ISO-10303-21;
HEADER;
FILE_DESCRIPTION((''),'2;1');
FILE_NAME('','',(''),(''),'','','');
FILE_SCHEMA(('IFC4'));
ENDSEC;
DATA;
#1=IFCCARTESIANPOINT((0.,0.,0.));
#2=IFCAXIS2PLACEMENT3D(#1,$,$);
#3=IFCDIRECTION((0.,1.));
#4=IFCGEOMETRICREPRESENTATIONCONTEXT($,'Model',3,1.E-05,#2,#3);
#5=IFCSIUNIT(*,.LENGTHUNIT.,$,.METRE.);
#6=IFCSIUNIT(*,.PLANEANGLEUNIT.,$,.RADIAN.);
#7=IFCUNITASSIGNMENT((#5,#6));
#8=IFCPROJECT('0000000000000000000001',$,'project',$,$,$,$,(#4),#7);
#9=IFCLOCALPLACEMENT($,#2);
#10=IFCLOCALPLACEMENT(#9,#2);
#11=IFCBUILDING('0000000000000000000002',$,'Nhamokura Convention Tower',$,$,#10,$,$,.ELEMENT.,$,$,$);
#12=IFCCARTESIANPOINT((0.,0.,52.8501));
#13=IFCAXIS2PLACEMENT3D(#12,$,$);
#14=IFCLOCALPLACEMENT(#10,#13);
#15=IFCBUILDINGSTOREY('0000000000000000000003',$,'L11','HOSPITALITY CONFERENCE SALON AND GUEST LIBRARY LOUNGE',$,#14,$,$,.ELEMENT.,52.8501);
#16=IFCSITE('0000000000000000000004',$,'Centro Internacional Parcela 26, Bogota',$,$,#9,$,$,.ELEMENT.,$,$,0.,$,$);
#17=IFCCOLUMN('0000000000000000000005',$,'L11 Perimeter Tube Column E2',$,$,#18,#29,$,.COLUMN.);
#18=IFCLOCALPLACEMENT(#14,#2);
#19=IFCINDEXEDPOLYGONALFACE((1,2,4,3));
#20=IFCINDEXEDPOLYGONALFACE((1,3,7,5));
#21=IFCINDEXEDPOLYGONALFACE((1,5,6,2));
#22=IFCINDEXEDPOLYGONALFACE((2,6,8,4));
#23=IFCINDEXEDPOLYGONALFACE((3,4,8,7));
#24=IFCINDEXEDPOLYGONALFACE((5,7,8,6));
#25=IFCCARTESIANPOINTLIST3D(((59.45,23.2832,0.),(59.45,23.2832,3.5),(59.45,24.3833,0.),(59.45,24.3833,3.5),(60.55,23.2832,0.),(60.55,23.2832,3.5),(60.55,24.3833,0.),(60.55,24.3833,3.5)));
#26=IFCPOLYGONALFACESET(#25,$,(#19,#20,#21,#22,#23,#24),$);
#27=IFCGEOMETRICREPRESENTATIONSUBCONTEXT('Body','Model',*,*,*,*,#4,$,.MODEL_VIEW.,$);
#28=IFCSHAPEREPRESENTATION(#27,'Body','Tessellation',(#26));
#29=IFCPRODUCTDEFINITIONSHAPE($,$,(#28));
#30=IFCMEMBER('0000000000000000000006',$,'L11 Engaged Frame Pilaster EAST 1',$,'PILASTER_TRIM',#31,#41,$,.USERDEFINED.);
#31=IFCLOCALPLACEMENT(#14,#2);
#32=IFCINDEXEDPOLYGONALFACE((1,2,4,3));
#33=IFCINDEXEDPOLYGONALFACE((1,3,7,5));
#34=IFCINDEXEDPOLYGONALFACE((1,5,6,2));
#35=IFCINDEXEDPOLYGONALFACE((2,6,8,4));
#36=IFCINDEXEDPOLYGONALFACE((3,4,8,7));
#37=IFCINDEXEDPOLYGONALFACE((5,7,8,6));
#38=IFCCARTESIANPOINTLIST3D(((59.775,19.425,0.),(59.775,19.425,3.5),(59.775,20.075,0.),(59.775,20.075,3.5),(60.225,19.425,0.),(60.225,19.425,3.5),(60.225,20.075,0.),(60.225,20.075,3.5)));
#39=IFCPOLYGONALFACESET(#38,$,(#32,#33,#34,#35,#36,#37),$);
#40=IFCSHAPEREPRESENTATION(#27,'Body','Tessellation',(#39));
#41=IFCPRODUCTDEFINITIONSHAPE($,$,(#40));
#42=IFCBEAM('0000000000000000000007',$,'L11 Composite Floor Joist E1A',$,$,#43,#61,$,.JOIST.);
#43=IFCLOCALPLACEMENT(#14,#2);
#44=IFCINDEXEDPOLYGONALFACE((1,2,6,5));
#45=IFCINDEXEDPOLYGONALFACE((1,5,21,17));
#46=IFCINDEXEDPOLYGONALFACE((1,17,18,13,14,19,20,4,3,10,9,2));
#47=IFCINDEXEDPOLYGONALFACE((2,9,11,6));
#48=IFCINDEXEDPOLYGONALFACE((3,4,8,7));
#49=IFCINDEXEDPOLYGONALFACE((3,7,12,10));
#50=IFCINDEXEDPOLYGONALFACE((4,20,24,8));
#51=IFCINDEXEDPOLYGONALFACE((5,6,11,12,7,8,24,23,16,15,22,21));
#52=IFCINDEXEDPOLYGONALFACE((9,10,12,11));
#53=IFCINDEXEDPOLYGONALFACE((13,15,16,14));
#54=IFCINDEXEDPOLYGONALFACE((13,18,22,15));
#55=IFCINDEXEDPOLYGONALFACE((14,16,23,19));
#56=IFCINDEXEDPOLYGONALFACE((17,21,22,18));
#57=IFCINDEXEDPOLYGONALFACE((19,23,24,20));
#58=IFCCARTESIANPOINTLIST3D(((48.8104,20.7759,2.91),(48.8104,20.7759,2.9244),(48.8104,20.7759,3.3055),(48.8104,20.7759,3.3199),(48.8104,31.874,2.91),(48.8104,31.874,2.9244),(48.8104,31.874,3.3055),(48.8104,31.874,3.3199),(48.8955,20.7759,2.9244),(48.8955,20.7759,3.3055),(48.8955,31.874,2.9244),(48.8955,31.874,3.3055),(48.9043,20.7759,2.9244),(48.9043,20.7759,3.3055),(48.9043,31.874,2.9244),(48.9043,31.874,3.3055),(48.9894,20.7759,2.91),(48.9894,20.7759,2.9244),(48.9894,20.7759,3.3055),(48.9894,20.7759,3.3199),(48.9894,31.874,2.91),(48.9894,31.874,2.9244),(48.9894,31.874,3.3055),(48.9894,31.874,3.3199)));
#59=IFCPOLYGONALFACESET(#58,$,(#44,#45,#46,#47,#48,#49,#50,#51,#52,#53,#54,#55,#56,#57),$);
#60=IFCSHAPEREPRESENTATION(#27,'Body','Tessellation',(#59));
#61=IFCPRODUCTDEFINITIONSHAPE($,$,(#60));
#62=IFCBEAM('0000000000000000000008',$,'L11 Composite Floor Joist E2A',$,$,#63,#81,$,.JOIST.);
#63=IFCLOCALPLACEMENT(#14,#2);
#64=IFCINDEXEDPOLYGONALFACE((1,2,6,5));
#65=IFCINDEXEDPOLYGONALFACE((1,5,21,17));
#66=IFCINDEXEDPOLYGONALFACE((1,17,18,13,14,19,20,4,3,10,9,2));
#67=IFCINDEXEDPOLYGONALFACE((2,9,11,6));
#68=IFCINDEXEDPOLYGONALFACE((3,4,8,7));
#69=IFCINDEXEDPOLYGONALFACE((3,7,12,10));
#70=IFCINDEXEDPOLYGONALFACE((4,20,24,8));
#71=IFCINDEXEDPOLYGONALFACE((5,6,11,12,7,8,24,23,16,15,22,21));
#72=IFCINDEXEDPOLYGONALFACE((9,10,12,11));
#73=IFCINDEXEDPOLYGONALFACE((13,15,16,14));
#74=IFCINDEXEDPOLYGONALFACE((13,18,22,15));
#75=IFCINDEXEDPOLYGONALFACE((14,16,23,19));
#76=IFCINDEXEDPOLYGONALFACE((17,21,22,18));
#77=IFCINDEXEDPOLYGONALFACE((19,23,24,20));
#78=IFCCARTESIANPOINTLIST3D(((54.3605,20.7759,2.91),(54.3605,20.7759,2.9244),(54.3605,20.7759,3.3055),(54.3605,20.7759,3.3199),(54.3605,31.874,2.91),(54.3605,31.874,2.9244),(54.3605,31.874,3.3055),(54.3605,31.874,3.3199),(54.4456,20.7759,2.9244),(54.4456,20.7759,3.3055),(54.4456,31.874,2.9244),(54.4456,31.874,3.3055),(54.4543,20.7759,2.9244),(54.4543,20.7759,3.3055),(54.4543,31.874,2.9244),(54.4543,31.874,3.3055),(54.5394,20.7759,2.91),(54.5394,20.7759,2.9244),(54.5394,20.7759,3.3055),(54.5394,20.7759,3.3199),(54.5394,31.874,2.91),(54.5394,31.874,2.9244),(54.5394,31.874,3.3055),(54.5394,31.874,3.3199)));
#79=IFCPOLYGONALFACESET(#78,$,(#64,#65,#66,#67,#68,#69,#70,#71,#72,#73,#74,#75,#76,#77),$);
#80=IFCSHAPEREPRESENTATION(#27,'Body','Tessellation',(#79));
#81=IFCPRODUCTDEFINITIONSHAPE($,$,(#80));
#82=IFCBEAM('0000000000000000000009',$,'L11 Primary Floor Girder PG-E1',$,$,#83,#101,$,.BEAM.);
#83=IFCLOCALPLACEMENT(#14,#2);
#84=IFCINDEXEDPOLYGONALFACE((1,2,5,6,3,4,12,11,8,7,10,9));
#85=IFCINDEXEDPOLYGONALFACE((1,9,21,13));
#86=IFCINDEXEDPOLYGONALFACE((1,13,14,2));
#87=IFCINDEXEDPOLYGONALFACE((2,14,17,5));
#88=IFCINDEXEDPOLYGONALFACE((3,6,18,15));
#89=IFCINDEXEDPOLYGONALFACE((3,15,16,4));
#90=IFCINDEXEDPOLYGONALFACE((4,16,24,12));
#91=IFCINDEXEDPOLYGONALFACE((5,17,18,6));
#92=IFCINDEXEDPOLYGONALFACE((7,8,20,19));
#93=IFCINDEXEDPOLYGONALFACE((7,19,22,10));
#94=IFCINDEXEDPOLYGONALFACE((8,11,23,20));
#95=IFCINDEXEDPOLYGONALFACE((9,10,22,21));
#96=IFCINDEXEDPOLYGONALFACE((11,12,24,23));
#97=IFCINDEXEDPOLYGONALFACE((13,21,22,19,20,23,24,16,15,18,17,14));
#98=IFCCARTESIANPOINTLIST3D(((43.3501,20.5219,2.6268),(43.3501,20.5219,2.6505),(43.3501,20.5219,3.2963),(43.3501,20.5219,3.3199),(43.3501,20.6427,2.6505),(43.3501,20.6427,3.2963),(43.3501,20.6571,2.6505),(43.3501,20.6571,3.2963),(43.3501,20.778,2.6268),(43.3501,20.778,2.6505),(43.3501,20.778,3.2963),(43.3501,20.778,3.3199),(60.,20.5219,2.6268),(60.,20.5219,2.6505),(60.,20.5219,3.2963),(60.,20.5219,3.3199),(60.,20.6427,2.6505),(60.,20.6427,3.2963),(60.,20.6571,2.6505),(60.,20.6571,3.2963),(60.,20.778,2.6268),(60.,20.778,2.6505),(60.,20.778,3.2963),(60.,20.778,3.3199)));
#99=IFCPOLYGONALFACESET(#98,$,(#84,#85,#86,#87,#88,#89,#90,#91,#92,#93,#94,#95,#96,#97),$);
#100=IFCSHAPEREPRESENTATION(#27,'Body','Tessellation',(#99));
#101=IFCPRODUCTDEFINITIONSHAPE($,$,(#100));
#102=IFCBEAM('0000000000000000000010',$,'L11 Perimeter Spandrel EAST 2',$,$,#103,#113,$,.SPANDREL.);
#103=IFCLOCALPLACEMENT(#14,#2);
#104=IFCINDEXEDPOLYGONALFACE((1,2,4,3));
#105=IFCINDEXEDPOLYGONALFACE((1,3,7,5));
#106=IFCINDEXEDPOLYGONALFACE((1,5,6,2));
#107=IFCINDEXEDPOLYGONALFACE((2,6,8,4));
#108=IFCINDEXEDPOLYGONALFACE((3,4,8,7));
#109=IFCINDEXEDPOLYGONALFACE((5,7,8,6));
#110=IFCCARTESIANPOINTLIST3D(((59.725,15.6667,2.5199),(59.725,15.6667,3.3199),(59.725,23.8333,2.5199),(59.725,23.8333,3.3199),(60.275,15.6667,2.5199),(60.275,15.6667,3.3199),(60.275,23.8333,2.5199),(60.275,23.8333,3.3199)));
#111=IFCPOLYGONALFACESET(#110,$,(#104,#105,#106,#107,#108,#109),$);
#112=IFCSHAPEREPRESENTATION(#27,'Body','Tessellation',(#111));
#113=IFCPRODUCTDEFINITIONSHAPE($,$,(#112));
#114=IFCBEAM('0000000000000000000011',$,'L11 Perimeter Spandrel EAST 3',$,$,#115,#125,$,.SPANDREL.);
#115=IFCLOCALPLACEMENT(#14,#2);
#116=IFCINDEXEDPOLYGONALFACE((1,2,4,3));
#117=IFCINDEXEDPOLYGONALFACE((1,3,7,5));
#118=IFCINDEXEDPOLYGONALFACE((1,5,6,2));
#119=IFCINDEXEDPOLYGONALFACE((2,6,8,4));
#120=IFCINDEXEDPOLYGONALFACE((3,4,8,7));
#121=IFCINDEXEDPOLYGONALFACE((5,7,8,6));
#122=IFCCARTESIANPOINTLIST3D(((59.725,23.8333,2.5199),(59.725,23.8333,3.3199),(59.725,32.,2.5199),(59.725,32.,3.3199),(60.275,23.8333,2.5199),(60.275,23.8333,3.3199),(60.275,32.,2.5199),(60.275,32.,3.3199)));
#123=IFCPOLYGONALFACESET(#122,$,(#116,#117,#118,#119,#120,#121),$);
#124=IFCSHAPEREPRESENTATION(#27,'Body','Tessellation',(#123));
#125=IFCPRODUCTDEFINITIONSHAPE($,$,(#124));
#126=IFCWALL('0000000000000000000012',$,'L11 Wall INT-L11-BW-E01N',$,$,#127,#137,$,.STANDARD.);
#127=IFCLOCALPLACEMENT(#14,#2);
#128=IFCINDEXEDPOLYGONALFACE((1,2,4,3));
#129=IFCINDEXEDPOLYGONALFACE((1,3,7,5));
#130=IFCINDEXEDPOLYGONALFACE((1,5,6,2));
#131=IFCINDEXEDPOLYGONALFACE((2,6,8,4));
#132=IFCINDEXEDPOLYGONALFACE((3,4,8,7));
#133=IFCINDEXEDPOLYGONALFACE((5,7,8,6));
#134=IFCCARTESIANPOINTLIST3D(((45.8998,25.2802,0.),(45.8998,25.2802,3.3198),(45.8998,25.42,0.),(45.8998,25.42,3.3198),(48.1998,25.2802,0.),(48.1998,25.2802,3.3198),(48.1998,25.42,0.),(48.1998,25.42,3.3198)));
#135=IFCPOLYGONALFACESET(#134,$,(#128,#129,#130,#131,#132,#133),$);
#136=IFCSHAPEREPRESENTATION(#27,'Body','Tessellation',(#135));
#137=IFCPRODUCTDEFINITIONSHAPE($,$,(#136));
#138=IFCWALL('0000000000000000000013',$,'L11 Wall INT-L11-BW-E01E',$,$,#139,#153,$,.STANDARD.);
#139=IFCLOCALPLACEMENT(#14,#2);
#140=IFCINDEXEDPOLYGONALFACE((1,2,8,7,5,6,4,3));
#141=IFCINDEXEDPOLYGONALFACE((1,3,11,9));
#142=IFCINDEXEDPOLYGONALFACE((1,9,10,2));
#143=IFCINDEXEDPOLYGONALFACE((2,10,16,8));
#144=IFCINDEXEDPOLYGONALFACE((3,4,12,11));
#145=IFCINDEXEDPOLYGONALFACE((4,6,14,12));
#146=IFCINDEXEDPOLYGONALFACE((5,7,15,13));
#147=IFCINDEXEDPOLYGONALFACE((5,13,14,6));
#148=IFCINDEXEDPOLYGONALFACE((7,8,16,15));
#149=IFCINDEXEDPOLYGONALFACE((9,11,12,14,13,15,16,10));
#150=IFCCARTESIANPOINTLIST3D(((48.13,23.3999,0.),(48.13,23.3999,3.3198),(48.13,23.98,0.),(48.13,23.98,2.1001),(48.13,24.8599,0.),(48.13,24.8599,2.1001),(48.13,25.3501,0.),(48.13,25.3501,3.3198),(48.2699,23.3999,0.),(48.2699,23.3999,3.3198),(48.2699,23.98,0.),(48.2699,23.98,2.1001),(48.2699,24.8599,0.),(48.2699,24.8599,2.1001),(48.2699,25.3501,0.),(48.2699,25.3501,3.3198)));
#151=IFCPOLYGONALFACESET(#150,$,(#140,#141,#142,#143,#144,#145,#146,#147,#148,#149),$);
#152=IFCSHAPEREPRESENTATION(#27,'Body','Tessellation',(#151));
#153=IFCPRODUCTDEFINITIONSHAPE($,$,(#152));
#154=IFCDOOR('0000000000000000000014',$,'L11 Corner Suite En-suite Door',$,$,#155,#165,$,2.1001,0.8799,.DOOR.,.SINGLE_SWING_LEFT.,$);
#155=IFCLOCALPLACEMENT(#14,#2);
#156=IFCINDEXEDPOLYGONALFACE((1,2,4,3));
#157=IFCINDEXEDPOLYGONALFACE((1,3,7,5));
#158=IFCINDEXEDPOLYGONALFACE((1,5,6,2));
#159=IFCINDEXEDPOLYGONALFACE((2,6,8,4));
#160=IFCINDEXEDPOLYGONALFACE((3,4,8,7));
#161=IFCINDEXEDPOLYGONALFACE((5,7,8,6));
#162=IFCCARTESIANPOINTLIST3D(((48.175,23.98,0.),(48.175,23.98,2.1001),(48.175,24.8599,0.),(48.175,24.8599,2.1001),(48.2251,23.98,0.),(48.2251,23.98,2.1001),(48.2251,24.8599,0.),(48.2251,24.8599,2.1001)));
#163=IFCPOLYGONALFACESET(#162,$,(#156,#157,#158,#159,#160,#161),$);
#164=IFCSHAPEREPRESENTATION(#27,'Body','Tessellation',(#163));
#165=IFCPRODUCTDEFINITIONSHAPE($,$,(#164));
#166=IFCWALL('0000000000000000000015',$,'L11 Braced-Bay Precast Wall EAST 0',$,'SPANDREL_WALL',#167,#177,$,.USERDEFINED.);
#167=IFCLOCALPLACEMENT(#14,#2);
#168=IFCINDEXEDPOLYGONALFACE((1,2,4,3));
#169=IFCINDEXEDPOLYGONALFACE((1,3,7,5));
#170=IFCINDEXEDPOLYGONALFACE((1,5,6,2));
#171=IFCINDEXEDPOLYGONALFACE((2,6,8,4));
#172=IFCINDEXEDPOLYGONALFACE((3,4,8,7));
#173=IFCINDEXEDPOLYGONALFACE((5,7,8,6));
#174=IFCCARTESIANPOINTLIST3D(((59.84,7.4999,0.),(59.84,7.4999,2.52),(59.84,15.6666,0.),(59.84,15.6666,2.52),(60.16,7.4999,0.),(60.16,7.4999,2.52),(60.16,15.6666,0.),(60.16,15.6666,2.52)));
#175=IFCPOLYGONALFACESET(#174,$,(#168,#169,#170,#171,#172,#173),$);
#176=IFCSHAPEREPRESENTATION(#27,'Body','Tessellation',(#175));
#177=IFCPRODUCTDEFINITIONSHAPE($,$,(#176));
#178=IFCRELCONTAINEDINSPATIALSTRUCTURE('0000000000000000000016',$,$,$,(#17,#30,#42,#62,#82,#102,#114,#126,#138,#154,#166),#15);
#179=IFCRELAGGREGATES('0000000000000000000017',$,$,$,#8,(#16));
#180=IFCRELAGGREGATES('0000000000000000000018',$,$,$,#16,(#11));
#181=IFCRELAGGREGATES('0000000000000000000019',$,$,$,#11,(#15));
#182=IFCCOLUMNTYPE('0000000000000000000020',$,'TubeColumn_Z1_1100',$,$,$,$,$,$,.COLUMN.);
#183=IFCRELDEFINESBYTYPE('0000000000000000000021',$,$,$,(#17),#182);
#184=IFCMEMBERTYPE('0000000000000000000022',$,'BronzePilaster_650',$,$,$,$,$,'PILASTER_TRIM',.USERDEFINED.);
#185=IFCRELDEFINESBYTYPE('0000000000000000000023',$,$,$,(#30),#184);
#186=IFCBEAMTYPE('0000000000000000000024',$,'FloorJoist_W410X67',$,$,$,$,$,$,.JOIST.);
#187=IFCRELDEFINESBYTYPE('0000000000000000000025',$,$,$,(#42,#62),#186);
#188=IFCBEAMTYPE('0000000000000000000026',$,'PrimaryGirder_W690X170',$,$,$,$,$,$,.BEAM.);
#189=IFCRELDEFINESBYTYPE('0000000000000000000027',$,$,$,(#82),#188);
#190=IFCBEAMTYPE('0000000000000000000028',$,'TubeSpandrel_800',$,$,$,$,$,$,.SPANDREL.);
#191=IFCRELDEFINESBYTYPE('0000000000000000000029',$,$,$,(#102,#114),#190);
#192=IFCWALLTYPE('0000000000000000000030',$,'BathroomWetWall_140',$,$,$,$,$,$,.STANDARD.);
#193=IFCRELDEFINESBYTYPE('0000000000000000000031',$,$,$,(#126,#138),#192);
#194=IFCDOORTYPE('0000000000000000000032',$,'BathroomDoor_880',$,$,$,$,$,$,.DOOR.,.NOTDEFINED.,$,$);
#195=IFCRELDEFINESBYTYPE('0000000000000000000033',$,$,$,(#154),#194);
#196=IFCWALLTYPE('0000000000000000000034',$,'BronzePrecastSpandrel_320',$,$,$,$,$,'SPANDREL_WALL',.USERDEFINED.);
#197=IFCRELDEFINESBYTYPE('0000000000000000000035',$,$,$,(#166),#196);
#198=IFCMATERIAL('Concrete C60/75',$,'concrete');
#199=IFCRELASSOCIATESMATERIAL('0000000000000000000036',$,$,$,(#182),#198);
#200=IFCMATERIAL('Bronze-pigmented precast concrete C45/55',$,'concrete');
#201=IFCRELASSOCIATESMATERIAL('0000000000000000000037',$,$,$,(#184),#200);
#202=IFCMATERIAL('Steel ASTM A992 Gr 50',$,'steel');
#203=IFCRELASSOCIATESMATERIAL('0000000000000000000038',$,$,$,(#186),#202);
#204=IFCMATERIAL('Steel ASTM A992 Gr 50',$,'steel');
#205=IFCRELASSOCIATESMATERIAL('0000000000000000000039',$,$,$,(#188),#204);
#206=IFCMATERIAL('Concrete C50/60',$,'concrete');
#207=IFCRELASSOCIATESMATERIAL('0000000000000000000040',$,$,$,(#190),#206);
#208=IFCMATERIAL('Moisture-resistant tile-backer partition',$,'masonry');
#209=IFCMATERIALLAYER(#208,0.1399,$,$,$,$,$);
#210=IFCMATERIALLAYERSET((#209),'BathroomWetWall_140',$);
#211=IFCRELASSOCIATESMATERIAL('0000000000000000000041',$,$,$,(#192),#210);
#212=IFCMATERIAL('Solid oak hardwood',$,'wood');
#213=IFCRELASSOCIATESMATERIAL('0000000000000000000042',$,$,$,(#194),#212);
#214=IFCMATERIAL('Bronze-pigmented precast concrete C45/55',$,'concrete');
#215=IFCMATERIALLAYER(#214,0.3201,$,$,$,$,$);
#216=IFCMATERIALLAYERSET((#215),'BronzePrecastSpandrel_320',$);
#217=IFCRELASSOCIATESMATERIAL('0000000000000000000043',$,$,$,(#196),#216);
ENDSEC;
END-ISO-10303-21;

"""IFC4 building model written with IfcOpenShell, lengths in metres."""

from ifc_helpers import new_model, si_unit, direction, frame, frame_2d, origin, origin_2d, place, context, subcontext, project, spatial, rectangle, i_section, extrude, material, layer, layer_set, material_profile, profile_set, type_object, element, fill, save


model = new_model("IFC4")

# Units and contexts
model_context = context("Model", 3, precision=1e-05, world=origin(), true_north=direction((0.0, 1.0)))
body_context = subcontext(model_context, "Body", "Model", "MODEL_VIEW")
ifc_project = project(units=[si_unit("LENGTHUNIT", "METRE"), si_unit("PLANEANGLEUNIT", "RADIAN")], contexts=[model_context])

# Site, building, storey
site_placement = place(None, origin())
site = spatial("IfcSite", under=ifc_project, at=site_placement, Name="Centro Internacional Parcela 26, Bogota", CompositionType="ELEMENT", RefElevation=0.0)
building_placement = place(site_placement, origin())
building = spatial("IfcBuilding", under=site, at=building_placement, Name="Nhamokura Convention Tower", CompositionType="ELEMENT")
storey_placement = place(building_placement, frame((0.0, 0.0, 52.8501)))
storey = spatial("IfcBuildingStorey", under=building, at=storey_placement, Name="L11", Description="HOSPITALITY CONFERENCE SALON AND GUEST LIBRARY LOUNGE", CompositionType="ELEMENT", Elevation=52.8501)

# Column
ifc_material_1 = material(Name="Concrete C60/75", Category="concrete")
ifc_material_profile_1 = material_profile(ifc_material_1, rectangle(XDim=1.1001, YDim=1.1001, at=origin_2d()))
ifc_profile_set_1 = profile_set([ifc_material_profile_1], Name="Concrete C60/75")
column_type = type_object("IfcColumnType", Name="TubeColumn_Z1_1100", PredefinedType="COLUMN", material=ifc_profile_set_1)
column_placement = place(storey_placement, frame((60.0, 23.8333, 0.0), z_axis=(0.0, 0.0, 1.0), x_axis=(1.0, 0.0, 0.0)))
element("IfcColumn", 1, at=column_placement, inside=storey, type_object=column_type, Name="L11 Perimeter Tube Column E2", PredefinedType="COLUMN", context=body_context, shape_type="SweptSolid", body=[
    extrude(rectangle(XDim=1.1001, YDim=1.1001, at=origin_2d()), origin(), (0.0, 0.0, 1.0), 3.5),
])

# Member
ifc_material_2 = material(Name="Bronze-pigmented precast concrete C45/55", Category="concrete")
ifc_material_profile_2 = material_profile(ifc_material_2, rectangle(XDim=0.45, YDim=0.6499, at=origin_2d()))
ifc_profile_set_2 = profile_set([ifc_material_profile_2], Name="Bronze-pigmented precast concrete C45/55")
member_type = type_object("IfcMemberType", Name="BronzePilaster_650", ElementType="PILASTER_TRIM", PredefinedType="USERDEFINED", material=ifc_profile_set_2)
member_placement = place(storey_placement, frame((60.0, 19.75, 0.0), z_axis=(0.0, 0.0, 1.0), x_axis=(1.0, 0.0, 0.0)))
element("IfcMember", 2, at=member_placement, inside=storey, type_object=member_type, Name="L11 Engaged Frame Pilaster EAST 1", ObjectType="PILASTER_TRIM", PredefinedType="USERDEFINED", context=body_context, shape_type="SweptSolid", body=[
    extrude(rectangle(XDim=0.45, YDim=0.6499, at=origin_2d()), origin(), (0.0, 0.0, 1.0), 3.5),
])

# Beams
ifc_material_3 = material(Name="Steel ASTM A992 Gr 50", Category="steel")
ifc_material_profile_3 = material_profile(ifc_material_3, i_section(OverallWidth=0.179, OverallDepth=0.4099, WebThickness=0.0088, FlangeThickness=0.0144, at=origin_2d()))
ifc_profile_set_3 = profile_set([ifc_material_profile_3], Name="Steel ASTM A992 Gr 50")
beam_type_1 = type_object("IfcBeamType", Name="FloorJoist_W410X67", PredefinedType="JOIST", material=ifc_profile_set_3)
for number, where, z_axis, x_axis, name in (
    (3, (48.8999, 20.7759, 3.115), (0.0, 1.0, 0.0), (-1.0, 0.0, 0.0), "L11 Composite Floor Joist E1A"),
    (4, (54.45, 20.7759, 3.115), (0.0, 1.0, 0.0), (-1.0, 0.0, 0.0), "L11 Composite Floor Joist E2A"),
):
    element("IfcBeam", number, at=place(storey_placement, frame(where, z_axis=z_axis, x_axis=x_axis)), inside=storey, type_object=beam_type_1, Name=name, PredefinedType="JOIST", context=body_context, shape_type="SweptSolid", body=[
        extrude(i_section(OverallWidth=0.179, OverallDepth=0.4099, WebThickness=0.0088, FlangeThickness=0.0144, at=origin_2d()), origin(), (0.0, 0.0, 1.0), 11.0981),
    ])
ifc_material_4 = material(Name="Steel ASTM A992 Gr 50", Category="steel")
ifc_material_profile_4 = material_profile(ifc_material_4, i_section(OverallWidth=0.2561, OverallDepth=0.6931, WebThickness=0.0144, FlangeThickness=0.0237, at=origin_2d()))
ifc_profile_set_4 = profile_set([ifc_material_profile_4], Name="Steel ASTM A992 Gr 50")
beam_type_2 = type_object("IfcBeamType", Name="PrimaryGirder_W690X170", PredefinedType="BEAM", material=ifc_profile_set_4)
beam_1_placement = place(storey_placement, frame((43.3501, 20.6499, 2.9734), z_axis=(1.0, 0.0, 0.0), x_axis=(0.0, 1.0, 0.0)))
element("IfcBeam", 5, at=beam_1_placement, inside=storey, type_object=beam_type_2, Name="L11 Primary Floor Girder PG-E1", PredefinedType="BEAM", context=body_context, shape_type="SweptSolid", body=[
    extrude(i_section(OverallWidth=0.2561, OverallDepth=0.6931, WebThickness=0.0144, FlangeThickness=0.0237, at=origin_2d()), origin(), (0.0, 0.0, 1.0), 16.6499),
])
ifc_material_5 = material(Name="Concrete C50/60", Category="concrete")
ifc_material_profile_5 = material_profile(ifc_material_5, rectangle(XDim=0.55, YDim=0.8, at=origin_2d()))
ifc_profile_set_5 = profile_set([ifc_material_profile_5], Name="Concrete C50/60")
beam_type_3 = type_object("IfcBeamType", Name="TubeSpandrel_800", PredefinedType="SPANDREL", material=ifc_profile_set_5)
beam_2_placement = place(storey_placement, frame((60.0, 15.6667, 2.9199), z_axis=(0.0, 1.0, 0.0), x_axis=(-1.0, 0.0, 0.0)))
element("IfcBeam", 6, at=beam_2_placement, inside=storey, type_object=beam_type_3, Name="L11 Perimeter Spandrel EAST 2", PredefinedType="SPANDREL", context=body_context, shape_type="SweptSolid", body=[
    extrude(rectangle(XDim=0.55, YDim=0.8, at=origin_2d()), origin(), (0.0, 0.0, 1.0), 8.1665),
])
beam_3_placement = place(storey_placement, frame((60.0, 23.8333, 2.9199), z_axis=(0.0, 1.0, 0.0), x_axis=(-1.0, 0.0, 0.0)))
element("IfcBeam", 7, at=beam_3_placement, inside=storey, type_object=beam_type_3, Name="L11 Perimeter Spandrel EAST 3", PredefinedType="SPANDREL", context=body_context, shape_type="SweptSolid", body=[
    extrude(rectangle(XDim=0.55, YDim=0.8, at=origin_2d()), origin(), (0.0, 0.0, 1.0), 8.1667),
])

# Wall
ifc_material_6 = material(Name="Moisture-resistant tile-backer partition", Category="masonry")
ifc_layer_1 = layer(ifc_material_6, 0.1399)
ifc_layer_set_1 = layer_set([ifc_layer_1], Name="BathroomWetWall_140")
wall_type_1 = type_object("IfcWallType", Name="BathroomWetWall_140", PredefinedType="STANDARD", material=ifc_layer_set_1)
wall_1_placement = place(storey_placement, frame((45.8999, 25.3501, 0.0), z_axis=(0.0, 0.0, 1.0), x_axis=(1.0, 0.0, 0.0)))
element("IfcWall", 8, at=wall_1_placement, inside=storey, type_object=wall_type_1, Name="L11 Wall INT-L11-BW-E01N", PredefinedType="STANDARD", context=body_context, shape_type="SweptSolid", body=[
    extrude(rectangle(XDim=2.3, YDim=0.1399, at=frame_2d((1.1499, 0.0))), origin(), (0.0, 0.0, 1.0), 3.3198),
])

# Wall, opening, door
wall_2_placement = place(storey_placement, frame((48.2, 23.3999, 0.0), z_axis=(0.0, 0.0, 1.0), x_axis=(0.0, 1.0, 0.0)))
wall_2 = element("IfcWall", 9, at=wall_2_placement, inside=storey, type_object=wall_type_1, Name="L11 Wall INT-L11-BW-E01E", PredefinedType="STANDARD", context=body_context, shape_type="SweptSolid", body=[
    extrude(rectangle(XDim=1.9502, YDim=0.1399, at=frame_2d((0.9751, 0.0))), origin(), (0.0, 0.0, 1.0), 3.3198),
])
opening_1_placement = place(wall_2_placement, frame((0.5801, 0.0, 0.0)))
opening_1 = element("IfcOpeningElement", 10, at=opening_1_placement, cuts=wall_2, PredefinedType="OPENING", context=body_context, shape_type="SweptSolid", body=[
    extrude(rectangle(XDim=0.8799, YDim=2.1001, at=frame_2d((0.4399, 1.05))), frame((0.0, 0.0798, 0.0), z_axis=(0.0, -1.0, 0.0), x_axis=(1.0, 0.0, 0.0)), (0.0, 0.0, 1.0), 0.1599),
])
ifc_material_7 = material(Name="Solid oak hardwood", Category="wood")
door_type_1 = type_object("IfcDoorType", Name="BathroomDoor_880", OperationType="NOTDEFINED", PredefinedType="DOOR", material=ifc_material_7)
door_1_placement = place(opening_1_placement, origin())
door_1 = element("IfcDoor", 11, at=door_1_placement, inside=storey, type_object=door_type_1, Name="L11 Corner Suite En-suite Door", OperationType="SINGLE_SWING_LEFT", OverallHeight=2.1001, OverallWidth=0.8799, PredefinedType="DOOR", context=body_context, shape_type="SweptSolid", body=[
    extrude(rectangle(XDim=0.8799, YDim=2.1001, at=frame_2d((0.4399, 1.05))), frame((0.0, 0.0249, 0.0), z_axis=(0.0, -1.0, 0.0), x_axis=(1.0, 0.0, 0.0)), (0.0, 0.0, 1.0), 0.05),
])
fill(opening_1, door_1)

# Wall
ifc_material_8 = material(Name="Bronze-pigmented precast concrete C45/55", Category="concrete")
ifc_layer_2 = layer(ifc_material_8, 0.3201)
ifc_layer_set_2 = layer_set([ifc_layer_2], Name="BronzePrecastSpandrel_320")
wall_type_2 = type_object("IfcWallType", Name="BronzePrecastSpandrel_320", ElementType="SPANDREL_WALL", PredefinedType="USERDEFINED", material=ifc_layer_set_2)
wall_3_placement = place(storey_placement, frame((60.0, 15.6667, 0.0), z_axis=(0.0, 0.0, 1.0), x_axis=(0.0, -1.0, 0.0)))
element("IfcWall", 12, at=wall_3_placement, inside=storey, type_object=wall_type_2, Name="L11 Braced-Bay Precast Wall EAST 0", ObjectType="SPANDREL_WALL", PredefinedType="USERDEFINED", context=body_context, shape_type="SweptSolid", body=[
    extrude(rectangle(XDim=8.1667, YDim=0.3201, at=frame_2d((4.0835, 0.0))), origin(), (0.0, 0.0, 1.0), 2.52),
])

save(model, "model.ifc")
